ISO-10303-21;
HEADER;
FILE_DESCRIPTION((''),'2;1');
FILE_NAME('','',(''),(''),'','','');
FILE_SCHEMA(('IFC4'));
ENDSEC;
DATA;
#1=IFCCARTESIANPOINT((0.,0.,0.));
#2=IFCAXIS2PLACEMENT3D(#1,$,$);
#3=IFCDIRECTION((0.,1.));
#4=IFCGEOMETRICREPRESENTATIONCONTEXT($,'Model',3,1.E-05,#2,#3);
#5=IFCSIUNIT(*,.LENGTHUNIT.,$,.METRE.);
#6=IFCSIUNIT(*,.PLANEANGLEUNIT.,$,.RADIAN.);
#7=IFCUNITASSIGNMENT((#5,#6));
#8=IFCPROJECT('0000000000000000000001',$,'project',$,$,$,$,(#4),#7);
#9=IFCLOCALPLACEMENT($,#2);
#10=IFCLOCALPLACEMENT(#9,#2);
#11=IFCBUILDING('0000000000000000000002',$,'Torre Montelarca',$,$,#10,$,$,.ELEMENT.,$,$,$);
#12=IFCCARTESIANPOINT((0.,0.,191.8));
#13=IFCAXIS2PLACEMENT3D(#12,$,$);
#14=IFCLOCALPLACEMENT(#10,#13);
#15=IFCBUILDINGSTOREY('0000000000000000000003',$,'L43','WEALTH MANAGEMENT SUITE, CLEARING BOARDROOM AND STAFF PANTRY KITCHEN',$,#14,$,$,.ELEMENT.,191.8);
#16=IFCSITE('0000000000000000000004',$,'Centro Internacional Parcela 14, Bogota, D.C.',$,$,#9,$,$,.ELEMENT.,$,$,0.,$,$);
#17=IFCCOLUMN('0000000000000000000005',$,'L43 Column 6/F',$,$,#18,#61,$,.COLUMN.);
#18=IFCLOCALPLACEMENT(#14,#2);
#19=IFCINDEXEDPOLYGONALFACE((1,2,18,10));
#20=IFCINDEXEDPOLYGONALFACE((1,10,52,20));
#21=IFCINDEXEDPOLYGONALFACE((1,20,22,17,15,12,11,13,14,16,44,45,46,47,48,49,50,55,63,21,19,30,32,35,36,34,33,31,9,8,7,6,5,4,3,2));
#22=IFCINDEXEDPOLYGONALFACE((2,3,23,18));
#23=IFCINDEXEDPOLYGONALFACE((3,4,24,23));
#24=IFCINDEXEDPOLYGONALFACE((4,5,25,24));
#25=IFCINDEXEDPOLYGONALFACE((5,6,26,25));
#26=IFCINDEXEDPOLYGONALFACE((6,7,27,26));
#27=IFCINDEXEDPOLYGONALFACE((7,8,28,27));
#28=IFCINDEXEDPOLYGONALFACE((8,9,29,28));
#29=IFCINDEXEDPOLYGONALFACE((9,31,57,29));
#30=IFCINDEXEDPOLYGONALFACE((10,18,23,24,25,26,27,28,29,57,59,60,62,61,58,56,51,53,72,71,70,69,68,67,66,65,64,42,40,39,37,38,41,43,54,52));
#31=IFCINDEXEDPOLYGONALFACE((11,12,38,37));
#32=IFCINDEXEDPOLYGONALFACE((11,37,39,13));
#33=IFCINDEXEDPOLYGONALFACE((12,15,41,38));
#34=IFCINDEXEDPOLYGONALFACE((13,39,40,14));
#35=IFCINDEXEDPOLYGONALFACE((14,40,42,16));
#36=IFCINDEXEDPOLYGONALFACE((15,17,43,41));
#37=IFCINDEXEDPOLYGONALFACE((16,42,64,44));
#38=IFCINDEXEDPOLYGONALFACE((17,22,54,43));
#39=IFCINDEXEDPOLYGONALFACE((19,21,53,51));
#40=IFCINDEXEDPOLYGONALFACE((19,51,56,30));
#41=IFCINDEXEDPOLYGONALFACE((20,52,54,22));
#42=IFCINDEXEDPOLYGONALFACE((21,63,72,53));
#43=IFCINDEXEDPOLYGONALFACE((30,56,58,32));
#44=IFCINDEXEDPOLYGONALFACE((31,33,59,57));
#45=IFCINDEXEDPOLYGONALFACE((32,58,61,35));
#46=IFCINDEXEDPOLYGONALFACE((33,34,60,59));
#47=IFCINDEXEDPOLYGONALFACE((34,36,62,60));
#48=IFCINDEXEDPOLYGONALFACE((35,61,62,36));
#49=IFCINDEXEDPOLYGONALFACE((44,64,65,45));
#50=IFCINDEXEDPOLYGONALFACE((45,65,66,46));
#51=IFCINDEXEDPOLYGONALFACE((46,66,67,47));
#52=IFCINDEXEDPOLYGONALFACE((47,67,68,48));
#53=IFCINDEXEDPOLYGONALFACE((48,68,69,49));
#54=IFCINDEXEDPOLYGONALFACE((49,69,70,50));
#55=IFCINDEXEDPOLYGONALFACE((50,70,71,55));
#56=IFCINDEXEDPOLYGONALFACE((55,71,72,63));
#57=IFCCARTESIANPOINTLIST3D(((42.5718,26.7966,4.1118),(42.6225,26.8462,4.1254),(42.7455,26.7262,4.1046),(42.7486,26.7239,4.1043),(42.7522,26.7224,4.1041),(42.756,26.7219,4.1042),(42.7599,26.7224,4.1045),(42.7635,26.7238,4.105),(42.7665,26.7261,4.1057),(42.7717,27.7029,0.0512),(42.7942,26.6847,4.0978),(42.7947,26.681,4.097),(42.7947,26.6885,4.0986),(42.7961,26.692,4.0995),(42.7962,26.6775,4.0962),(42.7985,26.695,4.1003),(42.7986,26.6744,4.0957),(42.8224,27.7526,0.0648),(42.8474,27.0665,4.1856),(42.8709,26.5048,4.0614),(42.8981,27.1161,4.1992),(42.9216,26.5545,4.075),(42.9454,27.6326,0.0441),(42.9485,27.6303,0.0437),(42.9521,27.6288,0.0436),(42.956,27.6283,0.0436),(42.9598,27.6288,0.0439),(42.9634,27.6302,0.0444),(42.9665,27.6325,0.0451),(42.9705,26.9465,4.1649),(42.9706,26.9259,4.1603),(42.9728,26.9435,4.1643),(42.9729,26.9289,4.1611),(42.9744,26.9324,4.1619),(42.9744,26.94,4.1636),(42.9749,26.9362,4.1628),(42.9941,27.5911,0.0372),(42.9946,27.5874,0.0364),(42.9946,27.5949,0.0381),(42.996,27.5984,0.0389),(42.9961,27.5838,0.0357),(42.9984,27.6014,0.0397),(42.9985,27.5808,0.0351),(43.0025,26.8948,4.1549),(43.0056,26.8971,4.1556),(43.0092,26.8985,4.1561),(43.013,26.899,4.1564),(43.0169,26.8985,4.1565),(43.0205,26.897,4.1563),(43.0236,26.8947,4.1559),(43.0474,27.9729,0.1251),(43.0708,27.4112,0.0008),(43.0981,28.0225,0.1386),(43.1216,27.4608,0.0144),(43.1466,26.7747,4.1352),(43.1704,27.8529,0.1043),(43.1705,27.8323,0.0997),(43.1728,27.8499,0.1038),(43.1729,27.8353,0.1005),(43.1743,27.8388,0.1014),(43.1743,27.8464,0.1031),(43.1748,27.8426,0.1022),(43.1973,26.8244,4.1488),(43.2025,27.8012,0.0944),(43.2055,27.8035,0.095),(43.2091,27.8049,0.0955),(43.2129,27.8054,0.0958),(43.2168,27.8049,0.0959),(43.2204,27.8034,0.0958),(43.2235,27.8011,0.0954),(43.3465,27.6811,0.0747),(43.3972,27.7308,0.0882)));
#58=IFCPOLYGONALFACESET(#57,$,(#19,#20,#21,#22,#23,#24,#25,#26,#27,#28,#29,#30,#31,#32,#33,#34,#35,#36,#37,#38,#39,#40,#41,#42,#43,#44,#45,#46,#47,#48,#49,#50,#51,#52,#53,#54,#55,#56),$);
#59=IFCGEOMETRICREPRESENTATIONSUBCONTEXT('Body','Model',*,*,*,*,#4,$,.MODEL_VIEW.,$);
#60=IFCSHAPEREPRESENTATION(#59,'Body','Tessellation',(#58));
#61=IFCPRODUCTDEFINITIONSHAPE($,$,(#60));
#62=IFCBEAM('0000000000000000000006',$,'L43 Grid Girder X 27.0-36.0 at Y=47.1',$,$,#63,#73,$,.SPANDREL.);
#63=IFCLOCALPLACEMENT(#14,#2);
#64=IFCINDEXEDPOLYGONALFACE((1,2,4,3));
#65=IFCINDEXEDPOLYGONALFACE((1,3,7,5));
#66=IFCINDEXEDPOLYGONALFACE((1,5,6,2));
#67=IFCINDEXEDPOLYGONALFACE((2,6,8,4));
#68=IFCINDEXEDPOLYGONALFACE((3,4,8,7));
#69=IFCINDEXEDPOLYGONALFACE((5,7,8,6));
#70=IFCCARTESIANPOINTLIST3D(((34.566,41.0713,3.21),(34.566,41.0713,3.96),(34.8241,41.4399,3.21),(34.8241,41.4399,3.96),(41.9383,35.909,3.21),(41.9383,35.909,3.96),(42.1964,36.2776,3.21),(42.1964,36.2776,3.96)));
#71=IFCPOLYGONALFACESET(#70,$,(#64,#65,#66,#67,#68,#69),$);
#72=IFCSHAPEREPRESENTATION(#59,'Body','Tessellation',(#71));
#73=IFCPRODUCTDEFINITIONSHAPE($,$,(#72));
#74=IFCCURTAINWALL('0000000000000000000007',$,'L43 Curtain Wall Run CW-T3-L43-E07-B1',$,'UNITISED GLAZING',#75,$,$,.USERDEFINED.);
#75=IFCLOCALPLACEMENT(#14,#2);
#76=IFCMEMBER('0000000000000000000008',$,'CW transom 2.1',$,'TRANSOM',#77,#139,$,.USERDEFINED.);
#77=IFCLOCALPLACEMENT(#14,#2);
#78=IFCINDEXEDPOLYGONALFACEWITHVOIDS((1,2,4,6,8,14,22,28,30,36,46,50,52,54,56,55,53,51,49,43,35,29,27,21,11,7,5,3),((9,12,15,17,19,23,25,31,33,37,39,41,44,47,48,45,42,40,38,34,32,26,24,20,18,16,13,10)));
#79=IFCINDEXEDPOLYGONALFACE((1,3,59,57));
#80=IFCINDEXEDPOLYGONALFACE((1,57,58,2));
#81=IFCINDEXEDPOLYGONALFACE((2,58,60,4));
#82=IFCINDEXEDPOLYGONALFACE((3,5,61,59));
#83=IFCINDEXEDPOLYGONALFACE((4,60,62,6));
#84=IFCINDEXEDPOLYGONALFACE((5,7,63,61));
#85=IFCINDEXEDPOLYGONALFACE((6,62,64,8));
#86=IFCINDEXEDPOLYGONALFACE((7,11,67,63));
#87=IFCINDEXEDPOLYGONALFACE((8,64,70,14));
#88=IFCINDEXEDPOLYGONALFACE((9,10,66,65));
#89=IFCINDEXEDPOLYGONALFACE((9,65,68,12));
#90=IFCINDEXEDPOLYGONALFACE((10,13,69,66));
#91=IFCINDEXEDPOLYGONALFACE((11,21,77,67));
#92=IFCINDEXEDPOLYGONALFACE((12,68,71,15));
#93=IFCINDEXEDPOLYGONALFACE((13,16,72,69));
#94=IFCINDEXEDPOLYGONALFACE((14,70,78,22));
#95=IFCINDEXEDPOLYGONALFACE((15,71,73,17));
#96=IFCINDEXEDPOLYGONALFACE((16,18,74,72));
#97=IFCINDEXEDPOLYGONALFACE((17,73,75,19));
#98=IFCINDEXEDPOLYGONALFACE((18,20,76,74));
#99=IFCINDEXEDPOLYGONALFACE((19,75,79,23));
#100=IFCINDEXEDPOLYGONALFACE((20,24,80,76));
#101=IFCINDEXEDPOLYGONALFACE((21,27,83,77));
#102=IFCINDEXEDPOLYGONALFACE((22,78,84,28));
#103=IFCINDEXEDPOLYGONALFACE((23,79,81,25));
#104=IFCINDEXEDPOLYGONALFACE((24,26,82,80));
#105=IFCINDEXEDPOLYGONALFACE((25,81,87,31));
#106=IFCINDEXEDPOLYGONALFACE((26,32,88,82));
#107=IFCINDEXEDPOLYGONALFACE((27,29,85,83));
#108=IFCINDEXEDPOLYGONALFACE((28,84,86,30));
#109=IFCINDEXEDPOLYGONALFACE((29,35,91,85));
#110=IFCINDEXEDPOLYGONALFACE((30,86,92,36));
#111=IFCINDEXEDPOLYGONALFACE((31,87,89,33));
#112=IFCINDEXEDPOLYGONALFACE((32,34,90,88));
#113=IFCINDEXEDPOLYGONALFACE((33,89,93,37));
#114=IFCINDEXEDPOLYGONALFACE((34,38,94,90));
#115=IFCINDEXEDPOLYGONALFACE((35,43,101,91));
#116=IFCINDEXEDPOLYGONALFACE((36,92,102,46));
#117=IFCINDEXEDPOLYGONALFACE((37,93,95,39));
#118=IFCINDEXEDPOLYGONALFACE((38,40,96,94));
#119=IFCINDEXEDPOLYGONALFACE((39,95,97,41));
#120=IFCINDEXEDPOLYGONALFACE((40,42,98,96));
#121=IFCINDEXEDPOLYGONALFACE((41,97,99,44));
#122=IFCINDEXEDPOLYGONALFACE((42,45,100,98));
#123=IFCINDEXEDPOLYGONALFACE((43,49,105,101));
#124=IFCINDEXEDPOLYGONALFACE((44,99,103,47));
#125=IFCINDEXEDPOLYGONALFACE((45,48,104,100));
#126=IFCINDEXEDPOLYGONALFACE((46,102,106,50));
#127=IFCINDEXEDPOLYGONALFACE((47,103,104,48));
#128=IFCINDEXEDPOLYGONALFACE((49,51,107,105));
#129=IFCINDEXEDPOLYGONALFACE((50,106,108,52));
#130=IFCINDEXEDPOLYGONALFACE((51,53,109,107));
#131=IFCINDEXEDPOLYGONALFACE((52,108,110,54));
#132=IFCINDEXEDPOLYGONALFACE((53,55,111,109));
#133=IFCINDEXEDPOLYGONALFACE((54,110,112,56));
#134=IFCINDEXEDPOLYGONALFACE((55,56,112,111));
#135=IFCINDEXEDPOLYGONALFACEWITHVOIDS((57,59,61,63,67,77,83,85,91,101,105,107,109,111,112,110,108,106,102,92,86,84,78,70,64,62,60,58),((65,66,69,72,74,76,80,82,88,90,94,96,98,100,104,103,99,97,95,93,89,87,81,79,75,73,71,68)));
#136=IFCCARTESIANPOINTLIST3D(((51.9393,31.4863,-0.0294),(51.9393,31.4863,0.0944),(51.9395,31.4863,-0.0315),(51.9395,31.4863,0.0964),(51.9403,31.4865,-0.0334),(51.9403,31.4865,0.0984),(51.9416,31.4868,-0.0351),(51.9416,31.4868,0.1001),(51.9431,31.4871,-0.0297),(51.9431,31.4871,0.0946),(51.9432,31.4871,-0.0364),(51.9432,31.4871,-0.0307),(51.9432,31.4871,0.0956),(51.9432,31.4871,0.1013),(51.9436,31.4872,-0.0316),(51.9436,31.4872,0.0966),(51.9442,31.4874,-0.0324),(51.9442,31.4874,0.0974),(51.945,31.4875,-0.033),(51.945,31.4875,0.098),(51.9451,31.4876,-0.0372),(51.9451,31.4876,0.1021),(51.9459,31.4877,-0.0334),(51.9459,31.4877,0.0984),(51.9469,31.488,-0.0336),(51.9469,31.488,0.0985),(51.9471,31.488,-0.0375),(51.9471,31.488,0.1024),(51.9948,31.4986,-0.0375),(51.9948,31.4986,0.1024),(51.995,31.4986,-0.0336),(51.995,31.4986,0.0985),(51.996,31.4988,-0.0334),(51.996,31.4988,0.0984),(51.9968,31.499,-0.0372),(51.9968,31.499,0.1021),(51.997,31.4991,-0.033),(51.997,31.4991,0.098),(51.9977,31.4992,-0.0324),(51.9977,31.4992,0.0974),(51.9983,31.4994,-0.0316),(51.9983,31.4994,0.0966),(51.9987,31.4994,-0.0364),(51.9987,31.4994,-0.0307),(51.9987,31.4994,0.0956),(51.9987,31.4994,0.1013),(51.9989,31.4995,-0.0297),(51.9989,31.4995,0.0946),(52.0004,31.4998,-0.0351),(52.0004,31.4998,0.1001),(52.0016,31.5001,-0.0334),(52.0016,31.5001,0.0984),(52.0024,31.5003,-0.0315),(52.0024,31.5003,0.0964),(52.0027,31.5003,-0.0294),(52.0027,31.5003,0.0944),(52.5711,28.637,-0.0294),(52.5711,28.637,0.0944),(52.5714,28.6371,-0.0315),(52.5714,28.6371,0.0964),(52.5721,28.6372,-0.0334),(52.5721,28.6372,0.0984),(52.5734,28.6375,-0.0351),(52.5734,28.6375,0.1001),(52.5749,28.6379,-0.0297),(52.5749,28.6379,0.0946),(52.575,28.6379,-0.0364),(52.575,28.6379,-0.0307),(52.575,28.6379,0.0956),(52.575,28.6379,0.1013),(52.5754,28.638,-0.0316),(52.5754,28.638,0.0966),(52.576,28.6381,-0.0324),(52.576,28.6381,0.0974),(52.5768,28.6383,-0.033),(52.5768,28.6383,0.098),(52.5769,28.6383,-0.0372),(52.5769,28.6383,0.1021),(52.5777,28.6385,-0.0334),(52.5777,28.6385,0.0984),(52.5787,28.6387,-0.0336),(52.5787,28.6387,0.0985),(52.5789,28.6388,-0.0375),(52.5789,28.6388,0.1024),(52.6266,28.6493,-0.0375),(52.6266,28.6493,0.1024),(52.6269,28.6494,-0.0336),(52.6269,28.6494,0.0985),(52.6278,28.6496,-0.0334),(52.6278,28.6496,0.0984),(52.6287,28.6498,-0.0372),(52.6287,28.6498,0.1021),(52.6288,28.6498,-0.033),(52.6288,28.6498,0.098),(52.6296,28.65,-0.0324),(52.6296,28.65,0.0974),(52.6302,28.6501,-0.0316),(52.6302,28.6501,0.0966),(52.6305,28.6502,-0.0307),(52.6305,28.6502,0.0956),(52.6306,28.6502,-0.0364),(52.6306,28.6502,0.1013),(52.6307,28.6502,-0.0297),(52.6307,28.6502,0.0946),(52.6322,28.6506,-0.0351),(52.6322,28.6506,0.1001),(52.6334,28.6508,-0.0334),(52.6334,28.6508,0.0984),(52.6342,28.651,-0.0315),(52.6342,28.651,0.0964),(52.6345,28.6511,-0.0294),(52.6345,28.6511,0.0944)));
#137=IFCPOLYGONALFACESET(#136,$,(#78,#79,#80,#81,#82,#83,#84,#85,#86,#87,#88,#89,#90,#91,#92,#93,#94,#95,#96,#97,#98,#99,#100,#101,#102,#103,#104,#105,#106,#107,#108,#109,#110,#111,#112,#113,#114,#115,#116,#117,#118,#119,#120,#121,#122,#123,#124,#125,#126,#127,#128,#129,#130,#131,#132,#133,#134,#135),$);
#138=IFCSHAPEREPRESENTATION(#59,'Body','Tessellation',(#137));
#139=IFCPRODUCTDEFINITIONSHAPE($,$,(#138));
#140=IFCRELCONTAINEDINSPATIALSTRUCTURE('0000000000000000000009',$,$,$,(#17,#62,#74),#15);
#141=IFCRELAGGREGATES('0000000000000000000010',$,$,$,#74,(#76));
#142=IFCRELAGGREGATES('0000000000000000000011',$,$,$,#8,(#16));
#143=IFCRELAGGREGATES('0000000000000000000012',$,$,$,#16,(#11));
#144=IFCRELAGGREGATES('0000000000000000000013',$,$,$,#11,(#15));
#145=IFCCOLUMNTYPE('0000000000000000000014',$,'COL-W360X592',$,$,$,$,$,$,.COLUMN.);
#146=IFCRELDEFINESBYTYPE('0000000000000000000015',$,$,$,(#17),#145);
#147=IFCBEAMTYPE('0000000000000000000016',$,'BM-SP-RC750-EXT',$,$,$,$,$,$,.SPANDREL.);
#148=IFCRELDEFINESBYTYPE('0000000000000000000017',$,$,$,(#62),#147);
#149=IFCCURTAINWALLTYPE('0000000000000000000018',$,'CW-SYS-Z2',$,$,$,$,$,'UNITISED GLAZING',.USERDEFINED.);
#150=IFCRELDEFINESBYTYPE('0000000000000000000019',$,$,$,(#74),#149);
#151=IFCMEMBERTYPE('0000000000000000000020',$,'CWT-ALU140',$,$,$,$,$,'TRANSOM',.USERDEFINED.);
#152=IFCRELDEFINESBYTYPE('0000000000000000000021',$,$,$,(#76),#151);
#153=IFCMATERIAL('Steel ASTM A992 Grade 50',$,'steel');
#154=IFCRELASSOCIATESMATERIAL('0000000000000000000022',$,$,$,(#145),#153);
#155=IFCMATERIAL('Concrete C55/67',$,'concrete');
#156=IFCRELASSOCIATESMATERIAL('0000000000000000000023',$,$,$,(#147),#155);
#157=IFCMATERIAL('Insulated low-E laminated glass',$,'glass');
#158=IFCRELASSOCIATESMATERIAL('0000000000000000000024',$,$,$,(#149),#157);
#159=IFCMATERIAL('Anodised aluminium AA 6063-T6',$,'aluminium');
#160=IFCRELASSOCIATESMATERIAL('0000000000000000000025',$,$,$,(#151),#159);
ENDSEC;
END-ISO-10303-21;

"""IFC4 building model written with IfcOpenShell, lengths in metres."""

from ifc_helpers import new_model, si_unit, direction, frame, origin, origin_2d, place, context, subcontext, project, spatial, rectangle, hollow_rectangle, i_section, extrude, clip, halfspace, source, transform, mapped, material, material_profile, profile_set, type_object, element, aggregate, save


model = new_model("IFC4")

# Units and contexts
model_context = context("Model", 3, precision=1e-05, world=origin(), true_north=direction((0.0, 1.0)))
body_context = subcontext(model_context, "Body", "Model", "MODEL_VIEW")
ifc_project = project(units=[si_unit("LENGTHUNIT", "METRE"), si_unit("PLANEANGLEUNIT", "RADIAN")], contexts=[model_context])

# Site, building, storey
site_placement = place(None, origin())
site = spatial("IfcSite", under=ifc_project, at=site_placement, Name="Centro Internacional Parcela 14, Bogota, D.C.", CompositionType="ELEMENT", RefElevation=0.0)
building_placement = place(site_placement, origin())
building = spatial("IfcBuilding", under=site, at=building_placement, Name="Torre Montelarca", CompositionType="ELEMENT")
storey_placement = place(building_placement, frame((0.0, 0.0, 191.8)))
storey = spatial("IfcBuildingStorey", under=building, at=storey_placement, Name="L43", Description="WEALTH MANAGEMENT SUITE, CLEARING BOARDROOM AND STAFF PANTRY KITCHEN", CompositionType="ELEMENT", Elevation=191.8)

# Column
ifc_material_1 = material(Name="Concrete C55/67", Category="concrete")
ifc_material_2 = material(Name="Steel ASTM A992 Grade 50", Category="steel")
ifc_material_profile_1 = material_profile(ifc_material_2, i_section(OverallWidth=0.4209, OverallDepth=0.4651, WebThickness=0.0449, FlangeThickness=0.0723, FilletRadius=0.0149, at=origin_2d()), Name="W360X592", Category="steel")
ifc_profile_set_1 = profile_set([ifc_material_profile_1], Name="Steel ASTM A992 Grade 50")
column_type_1 = type_object("IfcColumnType", Name="COL-W360X592", PredefinedType="COLUMN", material=ifc_profile_set_1)
column_1_placement = place(storey_placement, frame((43.0879, 27.7324, 0.0), z_axis=(-0.047998, -0.217604, 0.974856), x_axis=(-0.710773, 0.693158, 0.119729)))
element("IfcColumn", 1, at=column_1_placement, inside=storey, type_object=column_type_1, Name="L43 Column 6/F", PredefinedType="COLUMN", context=body_context, shape_type="Clipping", body=[
    clip(clip(extrude(i_section(OverallWidth=0.4209, OverallDepth=0.4651, WebThickness=0.0449, FlangeThickness=0.0723, FilletRadius=0.0149, at=origin_2d()), origin(), (0.0, 0.0, 1.0), 4.3083), halfspace(frame((0.0, 0.0, 0.0715), z_axis=(0.0, 0.0, -1.0), x_axis=(1.0, 0.0, 0.0)), False)), halfspace(frame((0.0, 0.0, 4.2368), z_axis=(0.0, 0.0, 1.0), x_axis=(1.0, 0.0, 0.0)), False)),
])

# Beam
ifc_material_profile_2 = material_profile(ifc_material_1, rectangle(XDim=0.45, YDim=0.75, at=origin_2d()), Name="RCB450X750", Category="concrete")
ifc_profile_set_2 = profile_set([ifc_material_profile_2], Name="Concrete C55/67")
beam_type = type_object("IfcBeamType", Name="BM-SP-RC750-EXT", PredefinedType="SPANDREL", material=ifc_profile_set_2)
shared_shape_1 = source(origin(), body_context, "Body", "SweptSolid", [
    extrude(rectangle(XDim=0.45, YDim=0.75, at=origin_2d()), origin(), (0.0, 0.0, 1.0), 9.0),
])
beam_placement = place(storey_placement, frame((34.6951, 41.2556, 3.585), z_axis=(0.819141, -0.573592, 0.0), x_axis=(0.573592, 0.819141, 0.0)))
element("IfcBeam", 2, at=beam_placement, inside=storey, type_object=beam_type, Name="L43 Grid Girder X 27.0-36.0 at Y=47.1", PredefinedType="SPANDREL", context=body_context, shape_type="MappedRepresentation", body=[
    mapped(shared_shape_1, transform((0.0, 0.0, 0.0), scale=1.0)),
])

# Curtain wall, member
ifc_material_3 = material(Name="Insulated low-E laminated glass", Category="glass")
curtain_wall_type = type_object("IfcCurtainWallType", Name="CW-SYS-Z2", ElementType="UNITISED GLAZING", PredefinedType="USERDEFINED", material=ifc_material_3)
curtain_wall_1_placement = place(storey_placement, origin())
curtain_wall_1 = element("IfcCurtainWall", 3, at=curtain_wall_1_placement, inside=storey, type_object=curtain_wall_type, Name="L43 Curtain Wall Run CW-T3-L43-E07-B1", ObjectType="UNITISED GLAZING", PredefinedType="USERDEFINED")
ifc_material_4 = material(Name="Anodised aluminium AA 6063-T6", Category="aluminium")
ifc_material_profile_3 = material_profile(ifc_material_4, hollow_rectangle(XDim=0.0649, YDim=0.1399, WallThickness=0.0039, InnerFilletRadius=0.0039, OuterFilletRadius=0.0081, at=origin_2d()), Name="ALU65X140X4", Category="aluminium")
ifc_profile_set_3 = profile_set([ifc_material_profile_3], Name="Anodised aluminium AA 6063-T6")
member_type_1 = type_object("IfcMemberType", Name="CWT-ALU140", ElementType="TRANSOM", PredefinedType="USERDEFINED", material=ifc_profile_set_3)
shared_shape_2 = source(origin(), body_context, "Body", "SweptSolid", [
    extrude(hollow_rectangle(XDim=0.0649, YDim=0.1399, WallThickness=0.0039, InnerFilletRadius=0.0039, OuterFilletRadius=0.0081, at=origin_2d()), origin(), (0.0, 0.0, 1.0), 2.9185),
])
member_1_placement = place(storey_placement, frame((52.6028, 28.644, 0.0325), z_axis=(-0.216488, 0.976285, 0.0), x_axis=(-0.976285, -0.216488, 0.0)))
member_1 = element("IfcMember", 4, at=member_1_placement, type_object=member_type_1, Name="CW transom 2.1", ObjectType="TRANSOM", PredefinedType="USERDEFINED", context=body_context, shape_type="MappedRepresentation", body=[
    mapped(shared_shape_2, transform((0.0, 0.0, 0.0), scale=1.0)),
])

aggregate(curtain_wall_1, [member_1])

save(model, "model.ifc")
